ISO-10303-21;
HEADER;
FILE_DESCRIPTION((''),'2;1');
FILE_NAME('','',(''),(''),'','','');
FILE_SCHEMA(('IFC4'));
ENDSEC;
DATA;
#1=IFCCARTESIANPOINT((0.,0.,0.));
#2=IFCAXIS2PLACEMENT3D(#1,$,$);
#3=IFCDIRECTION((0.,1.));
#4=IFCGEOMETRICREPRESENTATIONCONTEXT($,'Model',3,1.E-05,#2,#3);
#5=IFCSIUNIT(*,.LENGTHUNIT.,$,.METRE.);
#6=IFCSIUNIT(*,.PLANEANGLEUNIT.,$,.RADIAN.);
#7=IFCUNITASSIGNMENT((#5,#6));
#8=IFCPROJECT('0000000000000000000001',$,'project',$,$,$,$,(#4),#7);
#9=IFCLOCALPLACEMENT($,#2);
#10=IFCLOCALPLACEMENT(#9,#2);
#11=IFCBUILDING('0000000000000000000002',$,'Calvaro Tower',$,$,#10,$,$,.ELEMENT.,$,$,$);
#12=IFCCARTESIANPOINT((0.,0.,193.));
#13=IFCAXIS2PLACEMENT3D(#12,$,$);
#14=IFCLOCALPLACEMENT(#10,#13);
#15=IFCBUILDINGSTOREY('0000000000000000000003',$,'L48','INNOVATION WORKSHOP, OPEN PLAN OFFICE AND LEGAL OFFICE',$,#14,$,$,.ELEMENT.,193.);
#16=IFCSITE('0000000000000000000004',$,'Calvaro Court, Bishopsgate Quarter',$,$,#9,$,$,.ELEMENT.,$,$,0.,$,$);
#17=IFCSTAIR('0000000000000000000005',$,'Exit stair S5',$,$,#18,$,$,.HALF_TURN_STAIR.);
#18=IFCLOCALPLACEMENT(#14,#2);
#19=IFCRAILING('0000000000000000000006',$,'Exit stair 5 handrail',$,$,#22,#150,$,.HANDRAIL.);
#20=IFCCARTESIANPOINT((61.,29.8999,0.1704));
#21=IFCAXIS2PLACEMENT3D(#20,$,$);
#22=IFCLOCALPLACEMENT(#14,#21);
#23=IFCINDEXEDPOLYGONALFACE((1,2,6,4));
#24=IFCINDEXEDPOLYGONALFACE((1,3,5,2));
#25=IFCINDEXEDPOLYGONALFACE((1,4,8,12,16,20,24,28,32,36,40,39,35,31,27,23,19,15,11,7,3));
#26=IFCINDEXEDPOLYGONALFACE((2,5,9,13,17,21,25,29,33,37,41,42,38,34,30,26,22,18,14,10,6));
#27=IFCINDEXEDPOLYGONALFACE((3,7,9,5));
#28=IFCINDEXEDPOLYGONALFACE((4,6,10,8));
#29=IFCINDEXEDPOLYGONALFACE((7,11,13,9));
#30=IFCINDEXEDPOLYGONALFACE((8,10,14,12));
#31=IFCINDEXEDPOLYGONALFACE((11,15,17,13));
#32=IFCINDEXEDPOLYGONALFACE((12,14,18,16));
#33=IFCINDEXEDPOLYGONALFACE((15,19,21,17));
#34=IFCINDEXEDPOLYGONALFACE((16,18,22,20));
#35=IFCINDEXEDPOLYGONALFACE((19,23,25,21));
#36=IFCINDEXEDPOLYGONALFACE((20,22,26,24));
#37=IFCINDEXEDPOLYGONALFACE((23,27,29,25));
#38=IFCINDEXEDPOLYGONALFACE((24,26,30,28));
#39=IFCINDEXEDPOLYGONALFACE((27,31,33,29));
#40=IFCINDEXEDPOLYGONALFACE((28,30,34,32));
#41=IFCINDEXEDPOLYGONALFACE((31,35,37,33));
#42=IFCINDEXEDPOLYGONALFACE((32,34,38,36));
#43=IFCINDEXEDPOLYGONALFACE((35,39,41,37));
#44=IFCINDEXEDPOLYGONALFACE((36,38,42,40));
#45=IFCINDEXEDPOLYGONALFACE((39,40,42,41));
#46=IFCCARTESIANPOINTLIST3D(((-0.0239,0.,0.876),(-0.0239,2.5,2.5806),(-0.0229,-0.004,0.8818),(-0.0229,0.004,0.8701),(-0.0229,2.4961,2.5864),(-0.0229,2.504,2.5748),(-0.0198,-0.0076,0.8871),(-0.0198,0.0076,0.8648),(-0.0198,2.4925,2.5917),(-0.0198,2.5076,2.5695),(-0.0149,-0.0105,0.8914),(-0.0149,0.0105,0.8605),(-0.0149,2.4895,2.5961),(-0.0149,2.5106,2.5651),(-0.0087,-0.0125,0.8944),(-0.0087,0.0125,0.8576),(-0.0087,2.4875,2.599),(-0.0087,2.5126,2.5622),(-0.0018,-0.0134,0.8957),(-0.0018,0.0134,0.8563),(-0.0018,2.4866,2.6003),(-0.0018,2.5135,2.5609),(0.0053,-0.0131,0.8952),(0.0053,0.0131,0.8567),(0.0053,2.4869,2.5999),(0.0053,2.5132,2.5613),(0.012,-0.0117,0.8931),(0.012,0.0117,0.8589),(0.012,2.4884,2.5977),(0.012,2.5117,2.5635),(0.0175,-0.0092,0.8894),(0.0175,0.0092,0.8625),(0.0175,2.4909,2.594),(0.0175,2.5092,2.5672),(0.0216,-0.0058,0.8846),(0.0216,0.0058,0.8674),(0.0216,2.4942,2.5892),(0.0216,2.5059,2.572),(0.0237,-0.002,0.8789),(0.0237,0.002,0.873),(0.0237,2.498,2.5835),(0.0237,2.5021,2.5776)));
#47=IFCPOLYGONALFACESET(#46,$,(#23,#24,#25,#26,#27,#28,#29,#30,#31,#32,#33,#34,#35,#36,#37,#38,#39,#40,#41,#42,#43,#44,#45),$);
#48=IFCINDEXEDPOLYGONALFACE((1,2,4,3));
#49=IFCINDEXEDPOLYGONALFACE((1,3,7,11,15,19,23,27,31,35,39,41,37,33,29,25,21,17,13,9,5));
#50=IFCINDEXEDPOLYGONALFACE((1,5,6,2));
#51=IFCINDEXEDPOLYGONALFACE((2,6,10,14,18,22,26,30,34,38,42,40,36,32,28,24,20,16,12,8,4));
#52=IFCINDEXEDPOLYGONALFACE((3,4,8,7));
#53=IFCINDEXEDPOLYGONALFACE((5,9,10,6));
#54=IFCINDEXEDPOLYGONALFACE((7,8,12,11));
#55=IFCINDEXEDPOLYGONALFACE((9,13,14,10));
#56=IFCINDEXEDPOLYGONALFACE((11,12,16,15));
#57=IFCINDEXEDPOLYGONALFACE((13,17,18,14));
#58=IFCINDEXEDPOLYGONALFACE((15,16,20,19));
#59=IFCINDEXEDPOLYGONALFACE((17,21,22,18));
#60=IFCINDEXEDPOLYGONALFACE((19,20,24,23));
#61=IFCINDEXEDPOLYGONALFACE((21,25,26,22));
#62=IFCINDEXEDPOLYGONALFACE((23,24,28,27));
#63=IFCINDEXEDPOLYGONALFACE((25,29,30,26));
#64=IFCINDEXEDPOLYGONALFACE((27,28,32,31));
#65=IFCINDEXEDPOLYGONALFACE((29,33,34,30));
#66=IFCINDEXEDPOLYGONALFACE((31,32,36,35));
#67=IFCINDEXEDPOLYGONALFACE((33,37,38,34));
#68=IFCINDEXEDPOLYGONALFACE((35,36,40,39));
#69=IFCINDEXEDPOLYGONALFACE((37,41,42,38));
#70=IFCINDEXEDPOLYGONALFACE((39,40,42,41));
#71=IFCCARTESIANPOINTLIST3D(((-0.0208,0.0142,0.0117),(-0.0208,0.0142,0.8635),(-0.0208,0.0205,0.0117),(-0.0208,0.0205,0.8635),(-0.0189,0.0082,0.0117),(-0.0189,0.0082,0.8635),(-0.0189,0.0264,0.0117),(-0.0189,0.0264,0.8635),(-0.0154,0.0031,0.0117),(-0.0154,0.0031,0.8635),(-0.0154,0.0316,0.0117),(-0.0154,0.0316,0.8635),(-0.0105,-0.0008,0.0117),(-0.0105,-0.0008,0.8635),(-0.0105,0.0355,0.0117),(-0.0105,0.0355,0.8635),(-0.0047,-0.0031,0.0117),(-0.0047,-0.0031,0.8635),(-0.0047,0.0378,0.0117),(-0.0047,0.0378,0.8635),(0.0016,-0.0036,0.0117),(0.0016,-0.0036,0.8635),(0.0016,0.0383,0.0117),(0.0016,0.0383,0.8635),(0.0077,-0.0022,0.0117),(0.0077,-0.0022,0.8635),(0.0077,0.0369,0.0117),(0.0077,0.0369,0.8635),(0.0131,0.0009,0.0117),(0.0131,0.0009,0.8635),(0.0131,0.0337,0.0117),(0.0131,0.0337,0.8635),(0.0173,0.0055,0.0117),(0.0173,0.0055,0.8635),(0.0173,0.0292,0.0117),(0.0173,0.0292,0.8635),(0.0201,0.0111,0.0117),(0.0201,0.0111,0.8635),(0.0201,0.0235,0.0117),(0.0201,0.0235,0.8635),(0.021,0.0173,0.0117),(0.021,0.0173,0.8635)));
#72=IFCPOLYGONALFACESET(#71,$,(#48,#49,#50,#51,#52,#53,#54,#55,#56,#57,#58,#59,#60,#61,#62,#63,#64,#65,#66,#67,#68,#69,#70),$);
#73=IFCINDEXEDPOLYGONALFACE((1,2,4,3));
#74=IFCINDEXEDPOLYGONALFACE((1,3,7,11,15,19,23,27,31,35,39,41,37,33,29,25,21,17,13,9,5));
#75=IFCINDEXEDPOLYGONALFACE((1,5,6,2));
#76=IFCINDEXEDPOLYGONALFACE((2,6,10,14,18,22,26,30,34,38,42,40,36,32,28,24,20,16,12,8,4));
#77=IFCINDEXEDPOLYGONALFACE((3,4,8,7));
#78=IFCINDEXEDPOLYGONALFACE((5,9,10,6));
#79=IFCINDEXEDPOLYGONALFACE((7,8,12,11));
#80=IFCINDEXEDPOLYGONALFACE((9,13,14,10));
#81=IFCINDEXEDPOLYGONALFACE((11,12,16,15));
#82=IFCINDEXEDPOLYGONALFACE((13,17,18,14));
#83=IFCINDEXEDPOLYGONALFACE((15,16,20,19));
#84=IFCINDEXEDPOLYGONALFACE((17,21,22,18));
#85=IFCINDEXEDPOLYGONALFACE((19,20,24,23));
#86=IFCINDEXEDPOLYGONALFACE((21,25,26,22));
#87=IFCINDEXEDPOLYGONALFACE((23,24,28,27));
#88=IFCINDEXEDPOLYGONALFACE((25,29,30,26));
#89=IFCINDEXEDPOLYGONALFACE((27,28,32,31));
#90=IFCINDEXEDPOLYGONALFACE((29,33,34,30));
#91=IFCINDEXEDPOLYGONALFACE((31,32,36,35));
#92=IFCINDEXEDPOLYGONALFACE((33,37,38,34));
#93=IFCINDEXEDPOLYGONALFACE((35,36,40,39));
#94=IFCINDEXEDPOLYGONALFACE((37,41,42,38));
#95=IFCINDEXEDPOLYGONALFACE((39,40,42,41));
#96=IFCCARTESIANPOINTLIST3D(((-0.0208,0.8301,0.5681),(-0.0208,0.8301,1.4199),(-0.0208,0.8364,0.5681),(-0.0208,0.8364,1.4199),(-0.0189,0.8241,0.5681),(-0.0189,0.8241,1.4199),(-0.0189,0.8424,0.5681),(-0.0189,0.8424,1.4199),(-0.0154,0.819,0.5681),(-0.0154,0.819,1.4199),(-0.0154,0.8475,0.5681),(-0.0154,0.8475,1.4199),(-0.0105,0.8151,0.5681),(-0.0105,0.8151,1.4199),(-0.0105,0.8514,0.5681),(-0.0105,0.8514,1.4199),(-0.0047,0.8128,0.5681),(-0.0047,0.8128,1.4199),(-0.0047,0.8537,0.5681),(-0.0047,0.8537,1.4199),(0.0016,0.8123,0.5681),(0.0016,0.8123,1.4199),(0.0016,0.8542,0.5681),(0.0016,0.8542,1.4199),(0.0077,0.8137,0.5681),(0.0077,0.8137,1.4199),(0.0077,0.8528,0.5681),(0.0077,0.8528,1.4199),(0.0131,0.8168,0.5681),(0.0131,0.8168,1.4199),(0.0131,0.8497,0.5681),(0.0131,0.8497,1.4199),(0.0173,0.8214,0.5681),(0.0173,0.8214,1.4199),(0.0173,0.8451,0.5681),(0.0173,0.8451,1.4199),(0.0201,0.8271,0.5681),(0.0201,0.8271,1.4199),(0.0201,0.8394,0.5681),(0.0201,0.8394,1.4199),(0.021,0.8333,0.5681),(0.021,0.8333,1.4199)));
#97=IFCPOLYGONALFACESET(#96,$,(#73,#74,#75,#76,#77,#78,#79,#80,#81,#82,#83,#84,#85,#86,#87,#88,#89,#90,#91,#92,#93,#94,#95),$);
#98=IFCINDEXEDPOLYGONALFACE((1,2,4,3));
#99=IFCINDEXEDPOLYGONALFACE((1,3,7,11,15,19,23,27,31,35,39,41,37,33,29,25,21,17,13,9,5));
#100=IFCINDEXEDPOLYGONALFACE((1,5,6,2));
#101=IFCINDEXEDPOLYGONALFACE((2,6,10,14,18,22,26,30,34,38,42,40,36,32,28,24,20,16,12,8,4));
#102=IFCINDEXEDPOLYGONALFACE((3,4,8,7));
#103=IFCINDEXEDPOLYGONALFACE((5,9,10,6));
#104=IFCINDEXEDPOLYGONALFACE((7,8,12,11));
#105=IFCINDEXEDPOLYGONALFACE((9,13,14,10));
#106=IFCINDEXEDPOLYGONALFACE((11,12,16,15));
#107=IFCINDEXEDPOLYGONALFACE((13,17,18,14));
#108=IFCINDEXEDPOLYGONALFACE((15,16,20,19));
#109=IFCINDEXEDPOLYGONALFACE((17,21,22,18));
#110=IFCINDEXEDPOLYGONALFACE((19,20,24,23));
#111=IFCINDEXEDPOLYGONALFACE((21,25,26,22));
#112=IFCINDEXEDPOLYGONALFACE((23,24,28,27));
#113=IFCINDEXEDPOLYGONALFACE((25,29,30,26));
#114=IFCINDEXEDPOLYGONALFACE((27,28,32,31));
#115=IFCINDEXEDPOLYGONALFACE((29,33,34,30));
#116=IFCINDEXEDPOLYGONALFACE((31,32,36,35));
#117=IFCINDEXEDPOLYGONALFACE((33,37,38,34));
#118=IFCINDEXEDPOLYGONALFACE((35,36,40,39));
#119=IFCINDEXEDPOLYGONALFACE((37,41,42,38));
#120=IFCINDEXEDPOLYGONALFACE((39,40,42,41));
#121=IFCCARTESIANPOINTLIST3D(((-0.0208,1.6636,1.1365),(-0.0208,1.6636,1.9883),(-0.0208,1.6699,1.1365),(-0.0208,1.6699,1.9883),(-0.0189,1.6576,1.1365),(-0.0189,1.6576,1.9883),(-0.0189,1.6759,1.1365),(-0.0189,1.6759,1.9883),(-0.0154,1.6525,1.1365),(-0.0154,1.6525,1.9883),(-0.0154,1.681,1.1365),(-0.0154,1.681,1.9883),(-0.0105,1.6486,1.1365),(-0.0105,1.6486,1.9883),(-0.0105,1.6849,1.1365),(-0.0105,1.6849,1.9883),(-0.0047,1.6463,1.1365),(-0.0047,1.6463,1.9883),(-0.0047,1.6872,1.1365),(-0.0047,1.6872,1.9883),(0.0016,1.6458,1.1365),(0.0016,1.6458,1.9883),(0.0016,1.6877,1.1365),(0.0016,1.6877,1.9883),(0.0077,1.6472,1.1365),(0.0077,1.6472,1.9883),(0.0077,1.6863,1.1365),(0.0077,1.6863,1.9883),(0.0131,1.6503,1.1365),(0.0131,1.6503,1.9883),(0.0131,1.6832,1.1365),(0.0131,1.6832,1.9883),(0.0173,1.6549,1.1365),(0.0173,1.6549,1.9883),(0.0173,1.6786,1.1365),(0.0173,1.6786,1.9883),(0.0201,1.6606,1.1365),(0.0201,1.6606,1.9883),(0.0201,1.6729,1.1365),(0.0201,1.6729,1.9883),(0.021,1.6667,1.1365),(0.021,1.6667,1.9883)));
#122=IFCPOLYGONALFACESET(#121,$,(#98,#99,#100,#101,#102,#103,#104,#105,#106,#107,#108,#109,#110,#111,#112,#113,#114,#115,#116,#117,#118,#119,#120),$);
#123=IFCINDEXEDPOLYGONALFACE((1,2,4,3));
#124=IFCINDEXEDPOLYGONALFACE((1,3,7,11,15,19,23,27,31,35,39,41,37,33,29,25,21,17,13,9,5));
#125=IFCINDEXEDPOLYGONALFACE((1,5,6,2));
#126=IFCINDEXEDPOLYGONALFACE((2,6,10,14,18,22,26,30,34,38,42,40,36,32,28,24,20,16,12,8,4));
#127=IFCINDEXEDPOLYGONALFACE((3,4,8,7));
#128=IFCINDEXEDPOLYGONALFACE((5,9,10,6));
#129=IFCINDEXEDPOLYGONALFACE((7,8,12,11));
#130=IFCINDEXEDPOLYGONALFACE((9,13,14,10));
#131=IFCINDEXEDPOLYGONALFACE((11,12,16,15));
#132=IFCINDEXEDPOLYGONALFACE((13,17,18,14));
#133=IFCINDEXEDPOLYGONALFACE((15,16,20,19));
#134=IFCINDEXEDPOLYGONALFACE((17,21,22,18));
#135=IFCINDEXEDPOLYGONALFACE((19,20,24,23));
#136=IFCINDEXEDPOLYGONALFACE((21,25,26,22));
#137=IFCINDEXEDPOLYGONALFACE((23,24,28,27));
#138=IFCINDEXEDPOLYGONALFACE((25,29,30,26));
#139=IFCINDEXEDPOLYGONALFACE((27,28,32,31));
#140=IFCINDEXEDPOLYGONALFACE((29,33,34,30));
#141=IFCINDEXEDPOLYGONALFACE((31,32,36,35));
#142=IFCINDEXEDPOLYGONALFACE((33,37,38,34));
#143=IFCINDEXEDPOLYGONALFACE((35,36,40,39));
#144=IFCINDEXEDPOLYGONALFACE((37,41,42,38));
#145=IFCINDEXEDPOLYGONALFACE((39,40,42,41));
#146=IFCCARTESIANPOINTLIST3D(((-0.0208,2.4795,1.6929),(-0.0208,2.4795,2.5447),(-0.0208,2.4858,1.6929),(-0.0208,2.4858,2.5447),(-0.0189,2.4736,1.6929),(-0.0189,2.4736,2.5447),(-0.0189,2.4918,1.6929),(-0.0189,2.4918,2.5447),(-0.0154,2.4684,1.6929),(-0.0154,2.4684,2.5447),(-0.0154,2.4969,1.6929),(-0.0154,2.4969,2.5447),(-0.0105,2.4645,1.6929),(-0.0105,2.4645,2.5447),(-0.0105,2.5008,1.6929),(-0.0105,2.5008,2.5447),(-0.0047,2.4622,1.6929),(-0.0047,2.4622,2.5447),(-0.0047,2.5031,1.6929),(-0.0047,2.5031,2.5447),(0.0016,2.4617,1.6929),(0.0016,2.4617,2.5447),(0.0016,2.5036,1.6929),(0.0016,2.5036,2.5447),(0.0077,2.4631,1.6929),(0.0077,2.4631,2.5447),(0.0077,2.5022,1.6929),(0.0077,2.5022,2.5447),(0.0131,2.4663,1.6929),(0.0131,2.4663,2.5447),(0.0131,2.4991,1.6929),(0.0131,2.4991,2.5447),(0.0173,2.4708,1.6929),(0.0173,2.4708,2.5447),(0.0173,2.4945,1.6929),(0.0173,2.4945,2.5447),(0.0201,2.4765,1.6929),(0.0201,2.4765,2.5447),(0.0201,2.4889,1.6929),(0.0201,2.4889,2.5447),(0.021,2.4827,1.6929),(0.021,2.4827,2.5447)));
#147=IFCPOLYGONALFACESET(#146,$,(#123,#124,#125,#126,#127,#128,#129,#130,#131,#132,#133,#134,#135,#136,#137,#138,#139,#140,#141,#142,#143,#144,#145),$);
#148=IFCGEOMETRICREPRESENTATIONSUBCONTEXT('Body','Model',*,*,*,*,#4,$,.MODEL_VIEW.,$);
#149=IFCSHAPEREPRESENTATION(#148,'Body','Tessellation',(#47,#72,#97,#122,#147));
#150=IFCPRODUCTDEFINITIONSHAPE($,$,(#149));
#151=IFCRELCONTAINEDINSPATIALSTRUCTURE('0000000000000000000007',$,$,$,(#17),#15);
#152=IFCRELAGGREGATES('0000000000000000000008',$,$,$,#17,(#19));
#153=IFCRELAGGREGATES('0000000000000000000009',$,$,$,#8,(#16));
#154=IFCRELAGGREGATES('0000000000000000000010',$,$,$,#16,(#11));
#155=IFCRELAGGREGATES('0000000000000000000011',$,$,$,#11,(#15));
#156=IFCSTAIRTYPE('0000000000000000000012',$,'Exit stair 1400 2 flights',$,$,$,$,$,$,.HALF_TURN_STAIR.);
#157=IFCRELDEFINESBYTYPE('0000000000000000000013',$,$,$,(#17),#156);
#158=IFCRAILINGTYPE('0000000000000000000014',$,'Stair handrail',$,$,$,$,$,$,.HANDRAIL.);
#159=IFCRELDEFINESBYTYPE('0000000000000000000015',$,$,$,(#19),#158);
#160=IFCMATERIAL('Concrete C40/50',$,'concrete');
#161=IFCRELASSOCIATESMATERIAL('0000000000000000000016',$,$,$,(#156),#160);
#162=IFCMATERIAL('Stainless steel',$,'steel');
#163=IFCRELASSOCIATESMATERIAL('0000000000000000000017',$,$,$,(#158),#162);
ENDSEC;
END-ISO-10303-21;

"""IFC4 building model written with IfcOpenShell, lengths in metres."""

from ifc_helpers import new_model, si_unit, direction, frame, origin, origin_2d, place, context, subcontext, project, spatial, circle, extrude, material, type_object, element, aggregate, save


model = new_model("IFC4")

# Units and contexts
model_context = context("Model", 3, precision=1e-05, world=origin(), true_north=direction((0.0, 1.0)))
body_context = subcontext(model_context, "Body", "Model", "MODEL_VIEW")
ifc_project = project(units=[si_unit("LENGTHUNIT", "METRE"), si_unit("PLANEANGLEUNIT", "RADIAN")], contexts=[model_context])

# Site, building, storey
site_placement = place(None, origin())
site = spatial("IfcSite", under=ifc_project, at=site_placement, Name="Calvaro Court, Bishopsgate Quarter", CompositionType="ELEMENT", RefElevation=0.0)
building_placement = place(site_placement, origin())
building = spatial("IfcBuilding", under=site, at=building_placement, Name="Calvaro Tower", CompositionType="ELEMENT")
storey_placement = place(building_placement, frame((0.0, 0.0, 193.0)))
storey = spatial("IfcBuildingStorey", under=building, at=storey_placement, Name="L48", Description="INNOVATION WORKSHOP, OPEN PLAN OFFICE AND LEGAL OFFICE", CompositionType="ELEMENT", Elevation=193.0)

# Stair
ifc_material_1 = material(Name="Concrete C40/50", Category="concrete")
stair_type = type_object("IfcStairType", Name="Exit stair 1400 2 flights", PredefinedType="HALF_TURN_STAIR", material=ifc_material_1)
stair_1_placement = place(storey_placement, origin())
stair_1 = element("IfcStair", 1, at=stair_1_placement, inside=storey, type_object=stair_type, Name="Exit stair S5", PredefinedType="HALF_TURN_STAIR")

# Railing
ifc_material_2 = material(Name="Stainless steel", Category="steel")
railing_type = type_object("IfcRailingType", Name="Stair handrail", PredefinedType="HANDRAIL", material=ifc_material_2)
railing_1_placement = place(storey_placement, frame((61.0, 29.8999, 0.1704)))
railing_1 = element("IfcRailing", 2, at=railing_1_placement, type_object=railing_type, Name="Exit stair 5 handrail", PredefinedType="HANDRAIL", context=body_context, shape_type="SweptSolid", body=[
    extrude(circle(Radius=0.0239, at=origin_2d()), frame((0.0, 0.0, 0.876), z_axis=(0.0, 0.826221, 0.563347), x_axis=(-1.0, 0.0, 0.0)), (0.0, 0.0, 1.0), 3.0259),
    extrude(circle(Radius=0.021, at=origin_2d()), frame((0.0, 0.0173, 0.0117)), (0.0, 0.0, 1.0), 0.8518),
    extrude(circle(Radius=0.021, at=origin_2d()), frame((0.0, 0.8333, 0.5681)), (0.0, 0.0, 1.0), 0.8518),
    extrude(circle(Radius=0.021, at=origin_2d()), frame((0.0, 1.6667, 1.1365)), (0.0, 0.0, 1.0), 0.8518),
    extrude(circle(Radius=0.021, at=origin_2d()), frame((0.0, 2.4827, 1.6929)), (0.0, 0.0, 1.0), 0.8518),
])
aggregate(stair_1, [railing_1])

save(model, "model.ifc")
